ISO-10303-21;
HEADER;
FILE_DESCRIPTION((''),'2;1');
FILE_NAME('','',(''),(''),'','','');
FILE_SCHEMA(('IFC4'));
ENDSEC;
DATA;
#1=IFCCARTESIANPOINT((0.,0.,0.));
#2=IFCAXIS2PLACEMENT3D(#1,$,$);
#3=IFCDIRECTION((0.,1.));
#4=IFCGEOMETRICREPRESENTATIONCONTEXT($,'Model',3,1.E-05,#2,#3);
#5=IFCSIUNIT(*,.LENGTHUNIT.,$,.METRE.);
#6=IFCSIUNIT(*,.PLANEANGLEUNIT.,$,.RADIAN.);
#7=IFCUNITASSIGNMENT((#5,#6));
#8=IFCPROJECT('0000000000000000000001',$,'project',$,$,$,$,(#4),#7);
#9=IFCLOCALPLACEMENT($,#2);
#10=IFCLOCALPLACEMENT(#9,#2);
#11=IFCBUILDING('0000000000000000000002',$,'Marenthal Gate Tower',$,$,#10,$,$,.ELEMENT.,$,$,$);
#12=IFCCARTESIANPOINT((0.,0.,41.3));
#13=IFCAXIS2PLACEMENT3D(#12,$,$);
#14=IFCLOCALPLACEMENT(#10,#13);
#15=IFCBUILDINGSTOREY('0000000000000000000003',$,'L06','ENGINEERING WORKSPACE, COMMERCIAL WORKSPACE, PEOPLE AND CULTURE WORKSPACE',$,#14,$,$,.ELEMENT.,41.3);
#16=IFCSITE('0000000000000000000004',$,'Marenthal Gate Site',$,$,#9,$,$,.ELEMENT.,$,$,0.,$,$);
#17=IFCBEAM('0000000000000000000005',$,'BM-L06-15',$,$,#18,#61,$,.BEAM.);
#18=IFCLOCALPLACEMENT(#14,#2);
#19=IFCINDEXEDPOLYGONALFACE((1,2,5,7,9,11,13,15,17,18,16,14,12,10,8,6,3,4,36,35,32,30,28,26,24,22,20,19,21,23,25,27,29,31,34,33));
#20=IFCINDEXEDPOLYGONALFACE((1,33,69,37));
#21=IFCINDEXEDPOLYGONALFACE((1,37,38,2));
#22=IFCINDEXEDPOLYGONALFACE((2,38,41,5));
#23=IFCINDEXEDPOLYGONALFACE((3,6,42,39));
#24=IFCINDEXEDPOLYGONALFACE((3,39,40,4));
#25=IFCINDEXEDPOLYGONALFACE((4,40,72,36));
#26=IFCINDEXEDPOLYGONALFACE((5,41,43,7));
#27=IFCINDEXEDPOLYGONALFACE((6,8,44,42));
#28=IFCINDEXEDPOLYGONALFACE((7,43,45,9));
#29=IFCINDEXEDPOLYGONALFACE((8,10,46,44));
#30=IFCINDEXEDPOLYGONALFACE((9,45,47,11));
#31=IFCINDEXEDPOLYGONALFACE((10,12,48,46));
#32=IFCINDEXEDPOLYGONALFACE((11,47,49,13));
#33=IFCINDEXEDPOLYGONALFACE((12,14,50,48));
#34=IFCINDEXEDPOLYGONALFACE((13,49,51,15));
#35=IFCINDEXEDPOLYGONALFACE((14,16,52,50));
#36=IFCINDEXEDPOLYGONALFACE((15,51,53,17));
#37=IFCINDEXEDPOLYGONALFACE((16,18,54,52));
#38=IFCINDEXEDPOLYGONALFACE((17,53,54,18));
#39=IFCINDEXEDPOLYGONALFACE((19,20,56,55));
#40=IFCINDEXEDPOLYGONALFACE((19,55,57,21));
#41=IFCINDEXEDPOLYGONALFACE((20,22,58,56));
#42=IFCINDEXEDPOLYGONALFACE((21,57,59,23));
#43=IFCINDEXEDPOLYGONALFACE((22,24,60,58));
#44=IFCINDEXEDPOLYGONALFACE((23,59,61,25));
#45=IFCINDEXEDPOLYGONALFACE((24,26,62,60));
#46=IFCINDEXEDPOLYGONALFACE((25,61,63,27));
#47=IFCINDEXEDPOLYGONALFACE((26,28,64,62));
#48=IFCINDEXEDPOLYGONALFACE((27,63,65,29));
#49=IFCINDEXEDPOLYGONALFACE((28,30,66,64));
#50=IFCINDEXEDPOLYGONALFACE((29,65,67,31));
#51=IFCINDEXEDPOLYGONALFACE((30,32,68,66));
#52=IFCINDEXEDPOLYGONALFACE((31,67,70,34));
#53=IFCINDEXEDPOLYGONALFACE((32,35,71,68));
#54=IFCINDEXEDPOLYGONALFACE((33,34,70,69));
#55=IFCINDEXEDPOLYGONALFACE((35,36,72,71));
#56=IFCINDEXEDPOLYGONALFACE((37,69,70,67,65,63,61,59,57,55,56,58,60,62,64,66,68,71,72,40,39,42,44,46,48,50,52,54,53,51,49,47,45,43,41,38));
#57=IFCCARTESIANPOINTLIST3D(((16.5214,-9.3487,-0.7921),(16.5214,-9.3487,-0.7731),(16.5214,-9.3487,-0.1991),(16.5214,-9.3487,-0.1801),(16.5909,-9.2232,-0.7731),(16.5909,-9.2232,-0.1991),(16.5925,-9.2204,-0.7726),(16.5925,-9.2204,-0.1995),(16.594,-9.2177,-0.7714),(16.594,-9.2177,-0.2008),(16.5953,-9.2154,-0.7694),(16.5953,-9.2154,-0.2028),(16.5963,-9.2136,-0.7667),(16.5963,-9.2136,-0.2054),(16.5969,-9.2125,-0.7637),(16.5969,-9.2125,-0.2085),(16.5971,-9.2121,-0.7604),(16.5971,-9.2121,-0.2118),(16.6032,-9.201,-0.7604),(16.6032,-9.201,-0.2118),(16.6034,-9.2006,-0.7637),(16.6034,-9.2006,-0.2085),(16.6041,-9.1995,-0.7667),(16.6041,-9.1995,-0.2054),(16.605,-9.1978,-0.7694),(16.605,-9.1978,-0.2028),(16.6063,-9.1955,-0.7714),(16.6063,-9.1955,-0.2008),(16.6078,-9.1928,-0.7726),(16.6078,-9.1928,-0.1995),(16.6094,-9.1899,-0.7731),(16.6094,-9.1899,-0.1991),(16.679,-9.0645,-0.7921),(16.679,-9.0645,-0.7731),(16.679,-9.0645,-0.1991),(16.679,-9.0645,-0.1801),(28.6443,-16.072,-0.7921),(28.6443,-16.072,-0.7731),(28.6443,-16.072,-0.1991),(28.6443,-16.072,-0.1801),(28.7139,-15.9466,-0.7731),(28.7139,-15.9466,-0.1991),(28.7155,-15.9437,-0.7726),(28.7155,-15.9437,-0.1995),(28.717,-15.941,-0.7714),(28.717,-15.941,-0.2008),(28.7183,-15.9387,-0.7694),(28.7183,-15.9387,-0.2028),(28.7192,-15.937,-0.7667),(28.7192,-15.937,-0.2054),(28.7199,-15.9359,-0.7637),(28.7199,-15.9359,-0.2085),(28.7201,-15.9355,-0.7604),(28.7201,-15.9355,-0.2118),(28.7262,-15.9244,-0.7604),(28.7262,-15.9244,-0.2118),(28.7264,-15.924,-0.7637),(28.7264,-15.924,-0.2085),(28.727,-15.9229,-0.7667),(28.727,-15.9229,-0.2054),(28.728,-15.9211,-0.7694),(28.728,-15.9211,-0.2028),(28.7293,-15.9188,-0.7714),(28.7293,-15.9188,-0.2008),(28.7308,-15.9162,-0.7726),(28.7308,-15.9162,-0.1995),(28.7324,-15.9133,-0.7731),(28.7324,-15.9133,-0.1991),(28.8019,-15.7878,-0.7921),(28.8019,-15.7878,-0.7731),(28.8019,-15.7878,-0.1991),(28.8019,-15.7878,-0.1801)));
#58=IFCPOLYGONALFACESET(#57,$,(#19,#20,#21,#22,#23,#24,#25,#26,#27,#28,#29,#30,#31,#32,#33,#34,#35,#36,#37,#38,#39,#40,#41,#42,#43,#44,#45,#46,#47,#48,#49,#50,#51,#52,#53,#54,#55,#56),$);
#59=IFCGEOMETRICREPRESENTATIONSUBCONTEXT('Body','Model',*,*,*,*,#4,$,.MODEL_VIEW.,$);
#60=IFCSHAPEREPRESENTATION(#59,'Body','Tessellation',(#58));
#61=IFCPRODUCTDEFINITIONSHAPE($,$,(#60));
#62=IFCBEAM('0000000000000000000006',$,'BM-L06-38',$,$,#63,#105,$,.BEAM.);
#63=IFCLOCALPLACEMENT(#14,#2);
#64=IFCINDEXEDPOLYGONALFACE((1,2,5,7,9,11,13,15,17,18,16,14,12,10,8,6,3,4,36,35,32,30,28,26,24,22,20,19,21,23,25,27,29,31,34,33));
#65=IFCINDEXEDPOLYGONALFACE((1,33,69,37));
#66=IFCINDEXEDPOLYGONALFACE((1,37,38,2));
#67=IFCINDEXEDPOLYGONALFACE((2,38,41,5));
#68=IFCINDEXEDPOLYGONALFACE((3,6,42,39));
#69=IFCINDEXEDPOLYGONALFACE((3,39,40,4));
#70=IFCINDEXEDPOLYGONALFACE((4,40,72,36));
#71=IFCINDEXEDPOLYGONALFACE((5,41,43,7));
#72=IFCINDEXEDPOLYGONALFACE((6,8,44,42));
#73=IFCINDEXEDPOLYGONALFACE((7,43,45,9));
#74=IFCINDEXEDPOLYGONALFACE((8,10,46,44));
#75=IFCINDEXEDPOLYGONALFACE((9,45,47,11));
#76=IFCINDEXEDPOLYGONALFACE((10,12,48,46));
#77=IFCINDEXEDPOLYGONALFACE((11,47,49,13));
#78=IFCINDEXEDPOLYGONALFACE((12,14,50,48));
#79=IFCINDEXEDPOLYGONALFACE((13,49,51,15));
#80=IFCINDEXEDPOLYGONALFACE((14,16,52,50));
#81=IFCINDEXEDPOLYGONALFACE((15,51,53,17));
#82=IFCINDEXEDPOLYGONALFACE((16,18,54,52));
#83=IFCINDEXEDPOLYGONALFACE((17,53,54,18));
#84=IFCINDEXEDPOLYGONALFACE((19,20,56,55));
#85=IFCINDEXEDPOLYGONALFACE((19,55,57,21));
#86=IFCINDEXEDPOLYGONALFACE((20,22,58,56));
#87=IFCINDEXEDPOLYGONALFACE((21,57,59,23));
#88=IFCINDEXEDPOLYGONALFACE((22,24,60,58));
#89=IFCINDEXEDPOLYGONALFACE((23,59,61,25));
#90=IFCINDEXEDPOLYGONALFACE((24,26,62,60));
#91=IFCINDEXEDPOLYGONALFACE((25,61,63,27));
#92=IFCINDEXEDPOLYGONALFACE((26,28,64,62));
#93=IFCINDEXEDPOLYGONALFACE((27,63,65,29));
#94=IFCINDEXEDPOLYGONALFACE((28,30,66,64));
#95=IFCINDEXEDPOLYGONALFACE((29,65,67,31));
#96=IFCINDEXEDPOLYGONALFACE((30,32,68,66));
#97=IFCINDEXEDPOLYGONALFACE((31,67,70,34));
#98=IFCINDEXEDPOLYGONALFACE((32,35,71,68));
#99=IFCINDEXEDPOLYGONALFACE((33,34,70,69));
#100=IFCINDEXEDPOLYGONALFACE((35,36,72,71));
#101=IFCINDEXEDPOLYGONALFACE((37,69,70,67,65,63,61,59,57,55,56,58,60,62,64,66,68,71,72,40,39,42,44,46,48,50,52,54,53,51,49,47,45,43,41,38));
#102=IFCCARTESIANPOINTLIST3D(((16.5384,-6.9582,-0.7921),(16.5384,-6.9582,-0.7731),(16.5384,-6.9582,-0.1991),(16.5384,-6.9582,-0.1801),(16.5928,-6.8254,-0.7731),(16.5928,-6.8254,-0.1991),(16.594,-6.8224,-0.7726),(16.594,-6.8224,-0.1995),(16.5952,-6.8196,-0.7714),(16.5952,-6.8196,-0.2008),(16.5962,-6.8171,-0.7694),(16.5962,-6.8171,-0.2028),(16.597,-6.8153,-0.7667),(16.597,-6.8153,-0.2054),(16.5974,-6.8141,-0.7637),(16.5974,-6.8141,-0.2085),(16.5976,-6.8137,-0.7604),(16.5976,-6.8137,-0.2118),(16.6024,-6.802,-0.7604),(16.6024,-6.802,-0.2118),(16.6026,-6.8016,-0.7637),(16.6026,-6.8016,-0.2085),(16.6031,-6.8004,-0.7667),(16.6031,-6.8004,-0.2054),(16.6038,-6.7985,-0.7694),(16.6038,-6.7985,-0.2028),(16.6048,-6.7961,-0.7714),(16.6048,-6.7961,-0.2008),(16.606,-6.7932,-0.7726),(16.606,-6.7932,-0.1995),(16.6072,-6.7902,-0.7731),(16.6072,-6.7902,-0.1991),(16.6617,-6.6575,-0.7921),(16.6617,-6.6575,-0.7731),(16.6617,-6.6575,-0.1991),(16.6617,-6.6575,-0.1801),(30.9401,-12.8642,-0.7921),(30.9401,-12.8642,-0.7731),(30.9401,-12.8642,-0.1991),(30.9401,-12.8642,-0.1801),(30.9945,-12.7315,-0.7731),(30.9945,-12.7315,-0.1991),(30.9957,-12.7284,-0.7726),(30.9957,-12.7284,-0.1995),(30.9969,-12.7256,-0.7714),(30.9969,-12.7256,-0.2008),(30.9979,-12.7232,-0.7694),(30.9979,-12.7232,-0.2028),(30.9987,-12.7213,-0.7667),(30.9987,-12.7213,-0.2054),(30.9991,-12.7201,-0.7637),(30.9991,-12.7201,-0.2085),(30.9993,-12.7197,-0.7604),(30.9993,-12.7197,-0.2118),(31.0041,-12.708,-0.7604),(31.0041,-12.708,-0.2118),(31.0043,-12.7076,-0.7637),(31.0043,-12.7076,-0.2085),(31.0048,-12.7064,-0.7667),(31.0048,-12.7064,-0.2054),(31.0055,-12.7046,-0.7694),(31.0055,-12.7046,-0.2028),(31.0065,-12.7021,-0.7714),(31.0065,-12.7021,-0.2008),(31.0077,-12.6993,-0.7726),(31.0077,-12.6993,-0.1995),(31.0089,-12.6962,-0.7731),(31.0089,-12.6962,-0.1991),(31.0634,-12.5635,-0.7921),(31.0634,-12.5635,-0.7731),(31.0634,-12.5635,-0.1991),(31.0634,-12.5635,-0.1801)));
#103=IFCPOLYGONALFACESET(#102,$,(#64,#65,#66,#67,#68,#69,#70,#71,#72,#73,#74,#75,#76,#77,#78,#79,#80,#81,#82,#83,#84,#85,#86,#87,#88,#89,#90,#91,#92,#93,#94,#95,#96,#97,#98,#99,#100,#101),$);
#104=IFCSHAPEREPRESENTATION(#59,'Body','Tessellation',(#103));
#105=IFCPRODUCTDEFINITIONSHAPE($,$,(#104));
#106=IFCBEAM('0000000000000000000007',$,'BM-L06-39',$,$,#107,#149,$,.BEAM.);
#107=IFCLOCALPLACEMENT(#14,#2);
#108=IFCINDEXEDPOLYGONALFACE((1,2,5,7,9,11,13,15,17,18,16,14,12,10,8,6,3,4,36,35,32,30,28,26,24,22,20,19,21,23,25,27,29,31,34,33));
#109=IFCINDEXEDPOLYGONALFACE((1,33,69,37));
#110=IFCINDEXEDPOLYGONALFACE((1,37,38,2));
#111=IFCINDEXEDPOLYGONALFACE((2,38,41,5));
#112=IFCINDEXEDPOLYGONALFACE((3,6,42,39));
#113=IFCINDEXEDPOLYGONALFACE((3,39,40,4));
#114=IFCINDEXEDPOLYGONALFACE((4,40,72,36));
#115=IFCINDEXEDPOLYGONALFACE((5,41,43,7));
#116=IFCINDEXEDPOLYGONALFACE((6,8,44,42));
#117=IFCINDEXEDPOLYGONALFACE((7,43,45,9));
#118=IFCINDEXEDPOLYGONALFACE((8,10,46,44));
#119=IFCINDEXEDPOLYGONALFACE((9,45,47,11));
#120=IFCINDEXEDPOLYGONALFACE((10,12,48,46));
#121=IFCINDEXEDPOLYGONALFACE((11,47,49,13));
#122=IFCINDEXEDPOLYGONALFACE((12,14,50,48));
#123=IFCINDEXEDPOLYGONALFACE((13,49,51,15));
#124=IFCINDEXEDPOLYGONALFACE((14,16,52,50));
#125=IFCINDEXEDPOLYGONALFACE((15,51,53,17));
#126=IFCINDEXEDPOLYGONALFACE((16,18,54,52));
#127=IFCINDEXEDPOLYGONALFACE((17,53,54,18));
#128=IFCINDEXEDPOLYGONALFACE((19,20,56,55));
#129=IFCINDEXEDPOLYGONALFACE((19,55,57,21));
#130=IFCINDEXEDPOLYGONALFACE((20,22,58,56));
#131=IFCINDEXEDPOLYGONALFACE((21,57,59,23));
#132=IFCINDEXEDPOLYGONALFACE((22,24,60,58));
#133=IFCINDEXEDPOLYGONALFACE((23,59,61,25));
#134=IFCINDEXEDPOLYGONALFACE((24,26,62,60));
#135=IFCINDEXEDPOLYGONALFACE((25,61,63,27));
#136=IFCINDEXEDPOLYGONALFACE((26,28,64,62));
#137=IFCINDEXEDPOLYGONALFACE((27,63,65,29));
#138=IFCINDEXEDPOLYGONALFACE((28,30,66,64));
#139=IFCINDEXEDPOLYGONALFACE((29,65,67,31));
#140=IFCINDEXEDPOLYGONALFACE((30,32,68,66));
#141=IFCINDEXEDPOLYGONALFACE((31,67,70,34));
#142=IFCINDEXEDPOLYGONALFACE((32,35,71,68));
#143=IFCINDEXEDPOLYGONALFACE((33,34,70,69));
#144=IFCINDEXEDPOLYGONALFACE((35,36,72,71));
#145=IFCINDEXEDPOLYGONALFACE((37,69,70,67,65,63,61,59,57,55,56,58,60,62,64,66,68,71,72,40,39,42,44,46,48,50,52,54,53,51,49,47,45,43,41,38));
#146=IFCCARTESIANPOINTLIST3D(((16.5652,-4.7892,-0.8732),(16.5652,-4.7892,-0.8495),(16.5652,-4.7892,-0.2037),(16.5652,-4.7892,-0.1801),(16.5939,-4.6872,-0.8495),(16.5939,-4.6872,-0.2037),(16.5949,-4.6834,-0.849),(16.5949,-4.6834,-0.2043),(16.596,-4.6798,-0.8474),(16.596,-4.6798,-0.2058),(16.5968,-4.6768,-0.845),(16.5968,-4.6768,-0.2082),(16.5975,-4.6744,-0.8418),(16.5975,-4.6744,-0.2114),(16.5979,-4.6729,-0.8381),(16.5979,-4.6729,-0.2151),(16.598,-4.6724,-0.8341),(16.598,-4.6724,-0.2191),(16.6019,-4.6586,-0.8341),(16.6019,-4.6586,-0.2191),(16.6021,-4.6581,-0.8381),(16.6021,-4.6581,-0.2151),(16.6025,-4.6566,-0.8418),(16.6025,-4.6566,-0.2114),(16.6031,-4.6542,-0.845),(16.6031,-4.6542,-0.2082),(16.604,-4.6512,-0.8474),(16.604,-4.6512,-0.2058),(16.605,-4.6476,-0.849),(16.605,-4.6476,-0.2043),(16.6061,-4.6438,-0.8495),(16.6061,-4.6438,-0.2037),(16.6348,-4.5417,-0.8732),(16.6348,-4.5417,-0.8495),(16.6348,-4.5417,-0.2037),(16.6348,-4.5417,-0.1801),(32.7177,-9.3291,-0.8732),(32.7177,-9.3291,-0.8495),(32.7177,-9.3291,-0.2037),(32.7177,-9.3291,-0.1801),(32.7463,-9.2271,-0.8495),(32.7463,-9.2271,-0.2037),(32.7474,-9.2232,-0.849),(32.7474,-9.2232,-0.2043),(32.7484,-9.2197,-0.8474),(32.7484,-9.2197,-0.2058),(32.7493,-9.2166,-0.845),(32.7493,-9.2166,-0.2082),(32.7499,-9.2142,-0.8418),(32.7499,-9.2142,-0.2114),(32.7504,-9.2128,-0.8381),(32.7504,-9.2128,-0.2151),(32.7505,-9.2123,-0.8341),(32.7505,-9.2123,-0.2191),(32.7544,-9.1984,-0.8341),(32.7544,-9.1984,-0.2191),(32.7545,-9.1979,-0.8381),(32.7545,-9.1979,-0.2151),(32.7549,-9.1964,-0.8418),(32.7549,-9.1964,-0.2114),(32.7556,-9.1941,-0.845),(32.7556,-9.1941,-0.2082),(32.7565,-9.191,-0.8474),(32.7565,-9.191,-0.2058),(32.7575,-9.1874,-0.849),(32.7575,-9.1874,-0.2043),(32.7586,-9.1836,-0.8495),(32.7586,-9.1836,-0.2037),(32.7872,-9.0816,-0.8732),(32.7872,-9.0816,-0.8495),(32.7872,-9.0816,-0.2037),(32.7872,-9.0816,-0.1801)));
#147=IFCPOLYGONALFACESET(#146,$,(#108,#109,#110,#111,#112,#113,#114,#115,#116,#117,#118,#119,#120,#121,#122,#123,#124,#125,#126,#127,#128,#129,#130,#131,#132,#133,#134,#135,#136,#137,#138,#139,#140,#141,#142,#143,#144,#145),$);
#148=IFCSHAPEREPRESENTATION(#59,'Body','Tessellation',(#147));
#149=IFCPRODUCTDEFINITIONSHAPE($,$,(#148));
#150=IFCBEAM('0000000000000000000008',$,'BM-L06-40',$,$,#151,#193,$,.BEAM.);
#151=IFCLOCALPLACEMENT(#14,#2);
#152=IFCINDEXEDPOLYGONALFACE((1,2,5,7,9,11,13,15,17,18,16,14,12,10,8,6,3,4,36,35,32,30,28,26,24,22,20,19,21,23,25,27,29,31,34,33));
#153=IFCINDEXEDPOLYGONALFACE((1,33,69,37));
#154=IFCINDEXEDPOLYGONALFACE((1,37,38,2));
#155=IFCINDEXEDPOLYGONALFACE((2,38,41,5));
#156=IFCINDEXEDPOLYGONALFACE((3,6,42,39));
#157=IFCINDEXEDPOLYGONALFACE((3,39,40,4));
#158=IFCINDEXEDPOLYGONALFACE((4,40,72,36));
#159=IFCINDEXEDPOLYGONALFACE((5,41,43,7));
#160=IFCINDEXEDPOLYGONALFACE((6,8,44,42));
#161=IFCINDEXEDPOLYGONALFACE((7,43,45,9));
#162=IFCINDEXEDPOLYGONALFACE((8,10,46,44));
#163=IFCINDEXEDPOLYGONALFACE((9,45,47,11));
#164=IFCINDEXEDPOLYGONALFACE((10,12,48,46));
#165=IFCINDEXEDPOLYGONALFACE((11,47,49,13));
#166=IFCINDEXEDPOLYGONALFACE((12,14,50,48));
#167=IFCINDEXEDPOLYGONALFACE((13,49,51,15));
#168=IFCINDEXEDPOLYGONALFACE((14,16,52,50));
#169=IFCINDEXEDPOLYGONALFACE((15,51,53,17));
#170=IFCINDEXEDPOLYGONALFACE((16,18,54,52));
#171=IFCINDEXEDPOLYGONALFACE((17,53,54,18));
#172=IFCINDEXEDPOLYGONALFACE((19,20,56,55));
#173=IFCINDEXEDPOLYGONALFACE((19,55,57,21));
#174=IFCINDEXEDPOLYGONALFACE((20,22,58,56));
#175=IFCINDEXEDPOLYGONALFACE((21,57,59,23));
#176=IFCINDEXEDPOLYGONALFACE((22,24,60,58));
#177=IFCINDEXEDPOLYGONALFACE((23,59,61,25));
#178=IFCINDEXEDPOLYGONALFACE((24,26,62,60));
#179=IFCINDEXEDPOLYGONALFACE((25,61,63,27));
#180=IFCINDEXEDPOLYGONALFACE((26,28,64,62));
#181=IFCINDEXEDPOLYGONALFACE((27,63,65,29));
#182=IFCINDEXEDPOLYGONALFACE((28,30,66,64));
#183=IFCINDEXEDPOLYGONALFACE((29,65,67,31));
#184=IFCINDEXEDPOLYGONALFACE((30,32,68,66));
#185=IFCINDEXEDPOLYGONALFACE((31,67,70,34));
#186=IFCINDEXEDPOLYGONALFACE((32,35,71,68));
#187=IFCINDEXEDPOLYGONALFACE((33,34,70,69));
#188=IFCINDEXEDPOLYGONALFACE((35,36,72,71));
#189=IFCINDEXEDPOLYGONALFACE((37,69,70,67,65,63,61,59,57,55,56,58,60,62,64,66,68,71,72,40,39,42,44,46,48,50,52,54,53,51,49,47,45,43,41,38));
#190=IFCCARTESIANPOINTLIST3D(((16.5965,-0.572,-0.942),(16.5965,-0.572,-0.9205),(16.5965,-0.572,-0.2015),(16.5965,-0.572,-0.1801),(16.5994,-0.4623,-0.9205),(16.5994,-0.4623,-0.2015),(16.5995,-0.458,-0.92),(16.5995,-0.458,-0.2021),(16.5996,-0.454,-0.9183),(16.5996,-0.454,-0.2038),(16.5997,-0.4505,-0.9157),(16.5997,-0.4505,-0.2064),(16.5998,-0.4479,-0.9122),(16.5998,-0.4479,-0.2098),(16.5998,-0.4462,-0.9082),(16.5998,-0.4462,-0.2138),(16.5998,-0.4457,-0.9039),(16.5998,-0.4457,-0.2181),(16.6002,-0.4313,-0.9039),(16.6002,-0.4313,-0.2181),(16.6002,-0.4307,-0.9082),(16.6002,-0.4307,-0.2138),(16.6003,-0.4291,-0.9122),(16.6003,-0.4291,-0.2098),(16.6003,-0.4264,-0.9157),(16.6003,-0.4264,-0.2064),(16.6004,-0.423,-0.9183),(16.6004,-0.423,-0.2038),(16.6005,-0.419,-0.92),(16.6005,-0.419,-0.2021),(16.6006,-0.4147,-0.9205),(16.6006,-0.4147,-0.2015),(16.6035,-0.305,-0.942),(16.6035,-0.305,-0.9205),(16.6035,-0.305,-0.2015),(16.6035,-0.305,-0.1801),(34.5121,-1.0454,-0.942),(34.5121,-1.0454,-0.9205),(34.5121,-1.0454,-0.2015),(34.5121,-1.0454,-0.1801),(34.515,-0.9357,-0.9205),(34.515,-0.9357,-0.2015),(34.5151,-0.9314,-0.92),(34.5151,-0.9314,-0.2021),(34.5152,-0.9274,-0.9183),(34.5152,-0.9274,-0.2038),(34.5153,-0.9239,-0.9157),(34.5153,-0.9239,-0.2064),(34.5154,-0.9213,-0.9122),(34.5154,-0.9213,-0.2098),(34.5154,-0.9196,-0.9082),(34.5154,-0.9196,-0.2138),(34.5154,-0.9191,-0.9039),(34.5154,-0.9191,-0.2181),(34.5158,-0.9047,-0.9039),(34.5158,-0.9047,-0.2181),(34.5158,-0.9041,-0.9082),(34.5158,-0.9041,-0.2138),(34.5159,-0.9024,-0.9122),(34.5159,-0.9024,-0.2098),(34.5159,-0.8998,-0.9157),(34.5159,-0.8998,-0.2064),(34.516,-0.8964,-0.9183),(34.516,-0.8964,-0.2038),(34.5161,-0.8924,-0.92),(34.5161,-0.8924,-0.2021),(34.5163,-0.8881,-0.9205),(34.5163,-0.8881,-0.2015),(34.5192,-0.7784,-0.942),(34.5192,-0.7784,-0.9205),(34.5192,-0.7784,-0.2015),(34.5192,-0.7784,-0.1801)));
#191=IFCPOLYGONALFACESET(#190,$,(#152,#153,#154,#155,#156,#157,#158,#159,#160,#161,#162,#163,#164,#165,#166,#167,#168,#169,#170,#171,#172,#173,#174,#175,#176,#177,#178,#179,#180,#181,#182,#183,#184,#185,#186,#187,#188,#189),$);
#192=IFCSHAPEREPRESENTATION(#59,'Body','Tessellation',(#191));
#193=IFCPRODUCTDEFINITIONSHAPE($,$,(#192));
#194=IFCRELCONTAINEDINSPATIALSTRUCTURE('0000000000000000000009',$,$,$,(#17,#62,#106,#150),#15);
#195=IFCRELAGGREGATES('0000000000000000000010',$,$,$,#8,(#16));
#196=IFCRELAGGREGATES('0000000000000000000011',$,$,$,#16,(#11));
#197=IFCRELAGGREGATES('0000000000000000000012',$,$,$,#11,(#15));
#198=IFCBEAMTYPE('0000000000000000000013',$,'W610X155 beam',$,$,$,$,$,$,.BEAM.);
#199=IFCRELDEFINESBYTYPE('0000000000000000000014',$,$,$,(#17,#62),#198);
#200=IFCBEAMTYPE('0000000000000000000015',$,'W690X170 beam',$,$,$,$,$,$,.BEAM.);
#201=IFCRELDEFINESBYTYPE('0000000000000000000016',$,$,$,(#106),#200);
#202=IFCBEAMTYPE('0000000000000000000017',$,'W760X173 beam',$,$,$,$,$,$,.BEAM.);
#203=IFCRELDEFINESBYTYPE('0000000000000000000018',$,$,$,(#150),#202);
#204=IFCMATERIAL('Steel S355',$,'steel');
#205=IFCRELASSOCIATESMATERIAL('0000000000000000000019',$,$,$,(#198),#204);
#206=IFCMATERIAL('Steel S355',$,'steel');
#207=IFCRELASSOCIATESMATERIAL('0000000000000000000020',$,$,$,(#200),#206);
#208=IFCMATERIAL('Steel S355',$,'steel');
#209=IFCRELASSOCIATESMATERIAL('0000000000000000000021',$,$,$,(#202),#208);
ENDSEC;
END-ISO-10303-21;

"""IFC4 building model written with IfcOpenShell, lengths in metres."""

from ifc_helpers import new_model, si_unit, direction, frame, origin, origin_2d, place, context, subcontext, project, spatial, i_section, extrude, material, material_profile, profile_set, type_object, element, save


model = new_model("IFC4")

# Units and contexts
model_context = context("Model", 3, precision=1e-05, world=origin(), true_north=direction((0.0, 1.0)))
body_context = subcontext(model_context, "Body", "Model", "MODEL_VIEW")
ifc_project = project(units=[si_unit("LENGTHUNIT", "METRE"), si_unit("PLANEANGLEUNIT", "RADIAN")], contexts=[model_context])

# Site, building, storey
site_placement = place(None, origin())
site = spatial("IfcSite", under=ifc_project, at=site_placement, Name="Marenthal Gate Site", CompositionType="ELEMENT", RefElevation=0.0)
building_placement = place(site_placement, origin())
building = spatial("IfcBuilding", under=site, at=building_placement, Name="Marenthal Gate Tower", CompositionType="ELEMENT")
storey_placement = place(building_placement, frame((0.0, 0.0, 41.3)))
storey = spatial("IfcBuildingStorey", under=building, at=storey_placement, Name="L06", Description="ENGINEERING WORKSPACE, COMMERCIAL WORKSPACE, PEOPLE AND CULTURE WORKSPACE", CompositionType="ELEMENT", Elevation=41.3)

# Beams
ifc_material_1 = material(Name="Steel S355", Category="steel")
ifc_material_profile_1 = material_profile(ifc_material_1, i_section(OverallWidth=0.325, OverallDepth=0.6121, WebThickness=0.0127, FlangeThickness=0.019, FilletRadius=0.0127, at=origin_2d()), Name="W610X155")
ifc_profile_set_1 = profile_set([ifc_material_profile_1], Name="Steel S355")
beam_type_1 = type_object("IfcBeamType", Name="W610X155 beam", PredefinedType="BEAM", material=ifc_profile_set_1)
beam_1_placement = place(storey_placement, frame((28.7231, -15.9299, -0.4861), z_axis=(-0.874513, 0.485001, 0.0), x_axis=(-0.485001, -0.874513, 0.0)))
element("IfcBeam", 1, at=beam_1_placement, inside=storey, type_object=beam_type_1, Name="BM-L06-15", PredefinedType="BEAM", context=body_context, shape_type="SweptSolid", body=[
    extrude(i_section(OverallWidth=0.325, OverallDepth=0.6121, WebThickness=0.0127, FlangeThickness=0.019, FilletRadius=0.0127, at=origin_2d()), origin(), (0.0, 0.0, 1.0), 13.8625),
])
beam_2_placement = place(storey_placement, frame((31.0017, -12.7139, -0.4861), z_axis=(-0.925222, 0.379427, 0.0), x_axis=(-0.379427, -0.925222, 0.0)))
element("IfcBeam", 2, at=beam_2_placement, inside=storey, type_object=beam_type_1, Name="BM-L06-38", PredefinedType="BEAM", context=body_context, shape_type="SweptSolid", body=[
    extrude(i_section(OverallWidth=0.325, OverallDepth=0.6121, WebThickness=0.0127, FlangeThickness=0.019, FilletRadius=0.0127, at=origin_2d()), origin(), (0.0, 0.0, 1.0), 15.5657),
])
ifc_material_2 = material(Name="Steel S355", Category="steel")
ifc_material_profile_2 = material_profile(ifc_material_2, i_section(OverallWidth=0.2571, OverallDepth=0.6931, WebThickness=0.0144, FlangeThickness=0.0237, FilletRadius=0.0154, at=origin_2d()), Name="W690X170")
ifc_profile_set_2 = profile_set([ifc_material_profile_2], Name="Steel S355")
beam_type_2 = type_object("IfcBeamType", Name="W690X170 beam", PredefinedType="BEAM", material=ifc_profile_set_2)
beam_3_placement = place(storey_placement, frame((32.7524, -9.2053, -0.5266), z_axis=(-0.962698, 0.270577, 0.0), x_axis=(-0.270577, -0.962698, 0.0)))
element("IfcBeam", 3, at=beam_3_placement, inside=storey, type_object=beam_type_2, Name="BM-L06-39", PredefinedType="BEAM", context=body_context, shape_type="SweptSolid", body=[
    extrude(i_section(OverallWidth=0.2571, OverallDepth=0.6931, WebThickness=0.0144, FlangeThickness=0.0237, FilletRadius=0.0154, at=origin_2d()), origin(), (0.0, 0.0, 1.0), 16.7783),
])
ifc_material_3 = material(Name="Steel S355", Category="steel")
ifc_material_profile_3 = material_profile(ifc_material_3, i_section(OverallWidth=0.2671, OverallDepth=0.762, WebThickness=0.0144, FlangeThickness=0.0215, FilletRadius=0.0166, at=origin_2d()), Name="W760X173")
ifc_profile_set_3 = profile_set([ifc_material_profile_3], Name="Steel S355")
beam_type_3 = type_object("IfcBeamType", Name="W760X173 beam", PredefinedType="BEAM", material=ifc_profile_set_3)
beam_4_placement = place(storey_placement, frame((34.5156, -0.9119, -0.561), z_axis=(-0.999651, 0.026414, 0.0), x_axis=(-0.026414, -0.999651, 0.0)))
element("IfcBeam", 4, at=beam_4_placement, inside=storey, type_object=beam_type_3, Name="BM-L06-40", PredefinedType="BEAM", context=body_context, shape_type="SweptSolid", body=[
    extrude(i_section(OverallWidth=0.2671, OverallDepth=0.762, WebThickness=0.0144, FlangeThickness=0.0215, FilletRadius=0.0166, at=origin_2d()), origin(), (0.0, 0.0, 1.0), 17.9219),
])

save(model, "model.ifc")
